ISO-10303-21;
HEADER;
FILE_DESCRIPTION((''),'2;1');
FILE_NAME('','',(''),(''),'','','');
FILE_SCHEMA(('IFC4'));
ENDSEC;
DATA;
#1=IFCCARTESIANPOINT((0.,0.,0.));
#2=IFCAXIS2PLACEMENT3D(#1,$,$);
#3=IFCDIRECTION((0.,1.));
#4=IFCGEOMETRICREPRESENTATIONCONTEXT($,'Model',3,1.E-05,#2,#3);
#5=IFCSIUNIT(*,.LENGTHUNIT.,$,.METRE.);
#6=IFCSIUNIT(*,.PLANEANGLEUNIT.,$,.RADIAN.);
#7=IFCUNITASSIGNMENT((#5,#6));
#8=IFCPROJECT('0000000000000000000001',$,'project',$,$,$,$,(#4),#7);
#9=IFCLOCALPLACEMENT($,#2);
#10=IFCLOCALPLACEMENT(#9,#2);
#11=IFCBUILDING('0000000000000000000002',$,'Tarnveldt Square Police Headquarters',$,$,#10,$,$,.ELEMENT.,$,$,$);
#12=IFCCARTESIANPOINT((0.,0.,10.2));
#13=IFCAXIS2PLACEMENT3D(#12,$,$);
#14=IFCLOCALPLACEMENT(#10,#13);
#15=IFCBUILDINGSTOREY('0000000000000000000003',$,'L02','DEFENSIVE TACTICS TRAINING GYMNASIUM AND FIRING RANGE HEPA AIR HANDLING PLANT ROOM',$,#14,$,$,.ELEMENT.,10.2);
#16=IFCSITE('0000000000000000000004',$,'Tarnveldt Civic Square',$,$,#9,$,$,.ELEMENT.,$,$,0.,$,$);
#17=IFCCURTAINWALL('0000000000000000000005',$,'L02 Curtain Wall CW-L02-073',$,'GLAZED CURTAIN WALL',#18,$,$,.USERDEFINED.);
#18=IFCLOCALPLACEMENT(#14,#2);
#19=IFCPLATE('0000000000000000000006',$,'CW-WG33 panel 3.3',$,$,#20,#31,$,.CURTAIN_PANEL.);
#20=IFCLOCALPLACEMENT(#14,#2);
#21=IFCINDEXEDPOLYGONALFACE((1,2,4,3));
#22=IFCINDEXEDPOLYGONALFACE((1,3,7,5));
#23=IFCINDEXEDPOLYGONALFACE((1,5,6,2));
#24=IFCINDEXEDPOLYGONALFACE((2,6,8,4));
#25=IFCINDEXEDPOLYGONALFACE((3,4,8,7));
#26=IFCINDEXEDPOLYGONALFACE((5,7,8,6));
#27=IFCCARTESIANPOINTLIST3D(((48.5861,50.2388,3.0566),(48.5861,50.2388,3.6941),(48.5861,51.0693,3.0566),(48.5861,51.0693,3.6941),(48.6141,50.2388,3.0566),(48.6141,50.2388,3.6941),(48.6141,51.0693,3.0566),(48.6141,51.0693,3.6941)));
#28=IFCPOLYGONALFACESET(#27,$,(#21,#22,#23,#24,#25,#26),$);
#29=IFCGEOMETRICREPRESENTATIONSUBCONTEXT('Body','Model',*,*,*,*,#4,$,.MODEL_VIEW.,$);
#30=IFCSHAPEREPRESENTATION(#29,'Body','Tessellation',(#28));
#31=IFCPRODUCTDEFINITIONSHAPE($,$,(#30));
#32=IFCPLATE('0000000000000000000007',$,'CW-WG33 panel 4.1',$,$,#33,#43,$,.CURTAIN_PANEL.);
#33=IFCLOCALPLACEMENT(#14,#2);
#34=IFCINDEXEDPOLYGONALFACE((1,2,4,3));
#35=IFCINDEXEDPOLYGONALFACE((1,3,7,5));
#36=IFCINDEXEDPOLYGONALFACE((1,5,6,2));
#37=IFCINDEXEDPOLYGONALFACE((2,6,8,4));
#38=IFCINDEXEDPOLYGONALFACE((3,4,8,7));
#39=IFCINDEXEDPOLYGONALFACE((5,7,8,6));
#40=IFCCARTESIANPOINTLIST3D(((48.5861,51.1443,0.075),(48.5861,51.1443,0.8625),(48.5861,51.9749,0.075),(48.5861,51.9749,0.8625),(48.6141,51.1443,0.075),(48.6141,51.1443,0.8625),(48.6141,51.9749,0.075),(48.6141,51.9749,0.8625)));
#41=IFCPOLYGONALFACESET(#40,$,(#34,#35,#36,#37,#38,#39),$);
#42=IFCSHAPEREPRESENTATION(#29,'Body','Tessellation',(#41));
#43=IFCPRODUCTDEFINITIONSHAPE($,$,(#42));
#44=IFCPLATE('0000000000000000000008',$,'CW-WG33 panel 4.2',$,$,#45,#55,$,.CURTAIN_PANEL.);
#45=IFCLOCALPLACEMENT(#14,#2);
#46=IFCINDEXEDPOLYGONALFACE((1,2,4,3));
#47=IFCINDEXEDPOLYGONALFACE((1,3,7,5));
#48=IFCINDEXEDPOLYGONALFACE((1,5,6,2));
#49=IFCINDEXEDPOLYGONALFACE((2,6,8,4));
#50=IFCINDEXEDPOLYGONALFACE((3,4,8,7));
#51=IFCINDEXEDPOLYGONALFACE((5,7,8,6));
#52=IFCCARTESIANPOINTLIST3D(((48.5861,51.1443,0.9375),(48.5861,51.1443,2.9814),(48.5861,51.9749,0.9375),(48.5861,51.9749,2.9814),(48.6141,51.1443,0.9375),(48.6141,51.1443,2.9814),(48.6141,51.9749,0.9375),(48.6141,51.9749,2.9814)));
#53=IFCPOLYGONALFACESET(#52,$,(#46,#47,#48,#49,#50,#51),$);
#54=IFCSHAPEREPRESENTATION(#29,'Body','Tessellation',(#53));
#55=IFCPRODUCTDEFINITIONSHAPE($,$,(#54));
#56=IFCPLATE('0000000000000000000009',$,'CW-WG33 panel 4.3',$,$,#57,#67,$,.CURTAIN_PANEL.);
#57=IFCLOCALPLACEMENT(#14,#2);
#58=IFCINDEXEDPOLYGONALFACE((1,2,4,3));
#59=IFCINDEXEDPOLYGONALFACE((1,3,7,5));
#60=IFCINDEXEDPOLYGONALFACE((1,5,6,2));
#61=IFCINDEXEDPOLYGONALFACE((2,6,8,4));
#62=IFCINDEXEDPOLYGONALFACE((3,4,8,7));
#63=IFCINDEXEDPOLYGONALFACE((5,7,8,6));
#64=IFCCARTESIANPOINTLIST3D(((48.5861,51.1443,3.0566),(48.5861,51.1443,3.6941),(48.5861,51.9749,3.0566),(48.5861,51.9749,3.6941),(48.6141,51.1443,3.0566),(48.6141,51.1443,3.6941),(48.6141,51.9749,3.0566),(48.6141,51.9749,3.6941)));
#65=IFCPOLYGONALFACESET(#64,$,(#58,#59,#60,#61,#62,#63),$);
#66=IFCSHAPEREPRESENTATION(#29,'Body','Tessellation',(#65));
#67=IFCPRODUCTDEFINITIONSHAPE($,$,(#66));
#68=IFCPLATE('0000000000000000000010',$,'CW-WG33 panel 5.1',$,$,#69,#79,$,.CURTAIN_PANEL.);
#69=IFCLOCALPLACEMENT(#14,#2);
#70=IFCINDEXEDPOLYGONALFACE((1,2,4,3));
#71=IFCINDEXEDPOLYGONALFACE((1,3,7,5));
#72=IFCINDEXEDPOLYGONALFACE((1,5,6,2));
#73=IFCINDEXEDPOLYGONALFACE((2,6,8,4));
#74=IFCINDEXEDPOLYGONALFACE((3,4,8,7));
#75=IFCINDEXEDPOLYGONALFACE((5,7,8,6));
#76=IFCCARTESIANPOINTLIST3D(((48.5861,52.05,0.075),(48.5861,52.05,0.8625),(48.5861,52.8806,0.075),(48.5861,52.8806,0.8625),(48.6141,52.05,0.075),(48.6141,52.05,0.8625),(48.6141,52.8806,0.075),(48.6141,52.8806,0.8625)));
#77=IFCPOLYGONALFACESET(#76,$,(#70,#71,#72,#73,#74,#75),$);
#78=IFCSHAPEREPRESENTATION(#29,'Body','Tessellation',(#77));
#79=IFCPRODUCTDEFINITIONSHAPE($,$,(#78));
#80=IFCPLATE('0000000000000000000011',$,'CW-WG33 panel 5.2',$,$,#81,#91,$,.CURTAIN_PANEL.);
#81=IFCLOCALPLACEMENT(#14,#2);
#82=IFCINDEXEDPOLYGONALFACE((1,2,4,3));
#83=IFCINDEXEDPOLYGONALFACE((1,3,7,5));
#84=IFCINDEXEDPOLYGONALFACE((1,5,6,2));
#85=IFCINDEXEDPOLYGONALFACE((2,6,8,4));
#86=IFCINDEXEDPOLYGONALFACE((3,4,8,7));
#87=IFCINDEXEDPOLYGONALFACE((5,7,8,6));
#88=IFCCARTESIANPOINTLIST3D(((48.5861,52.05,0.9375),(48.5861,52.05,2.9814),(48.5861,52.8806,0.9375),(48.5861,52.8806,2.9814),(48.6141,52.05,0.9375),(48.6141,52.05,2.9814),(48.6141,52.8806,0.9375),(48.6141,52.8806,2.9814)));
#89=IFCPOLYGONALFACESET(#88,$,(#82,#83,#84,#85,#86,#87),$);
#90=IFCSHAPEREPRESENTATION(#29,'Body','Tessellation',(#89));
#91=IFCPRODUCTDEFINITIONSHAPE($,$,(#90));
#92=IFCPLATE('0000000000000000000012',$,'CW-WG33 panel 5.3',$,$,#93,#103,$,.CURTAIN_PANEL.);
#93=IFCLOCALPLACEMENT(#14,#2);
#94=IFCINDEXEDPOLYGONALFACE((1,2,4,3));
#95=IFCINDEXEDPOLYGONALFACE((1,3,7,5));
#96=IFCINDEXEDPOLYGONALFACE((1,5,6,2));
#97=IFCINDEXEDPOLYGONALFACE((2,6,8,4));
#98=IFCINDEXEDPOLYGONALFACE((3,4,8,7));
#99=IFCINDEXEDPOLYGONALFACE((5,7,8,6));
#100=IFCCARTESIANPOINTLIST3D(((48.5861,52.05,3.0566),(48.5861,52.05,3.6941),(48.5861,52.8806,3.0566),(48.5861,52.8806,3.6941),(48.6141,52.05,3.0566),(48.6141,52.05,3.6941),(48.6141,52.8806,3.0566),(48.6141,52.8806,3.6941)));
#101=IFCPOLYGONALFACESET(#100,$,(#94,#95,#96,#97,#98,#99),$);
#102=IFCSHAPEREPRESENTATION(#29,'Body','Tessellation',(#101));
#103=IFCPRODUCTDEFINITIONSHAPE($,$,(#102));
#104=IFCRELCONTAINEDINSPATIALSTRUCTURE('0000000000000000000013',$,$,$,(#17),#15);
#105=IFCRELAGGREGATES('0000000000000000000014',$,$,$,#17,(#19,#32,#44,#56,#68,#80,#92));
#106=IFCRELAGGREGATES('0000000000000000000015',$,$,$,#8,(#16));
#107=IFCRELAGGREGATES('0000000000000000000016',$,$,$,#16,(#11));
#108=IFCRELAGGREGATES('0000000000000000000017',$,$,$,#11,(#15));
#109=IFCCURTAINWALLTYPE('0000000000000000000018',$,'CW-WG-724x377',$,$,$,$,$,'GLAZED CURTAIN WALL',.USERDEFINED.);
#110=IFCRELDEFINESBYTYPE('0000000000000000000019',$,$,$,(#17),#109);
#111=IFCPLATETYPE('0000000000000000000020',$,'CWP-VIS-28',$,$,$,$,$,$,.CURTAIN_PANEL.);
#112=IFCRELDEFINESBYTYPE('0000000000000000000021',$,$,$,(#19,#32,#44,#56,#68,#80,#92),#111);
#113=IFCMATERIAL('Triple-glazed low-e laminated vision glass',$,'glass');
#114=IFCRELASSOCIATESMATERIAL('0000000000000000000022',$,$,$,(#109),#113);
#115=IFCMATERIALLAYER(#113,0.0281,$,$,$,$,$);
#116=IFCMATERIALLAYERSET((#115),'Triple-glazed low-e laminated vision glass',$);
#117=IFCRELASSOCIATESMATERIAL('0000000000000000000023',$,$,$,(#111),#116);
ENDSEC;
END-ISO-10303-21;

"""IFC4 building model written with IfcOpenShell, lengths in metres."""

from ifc_helpers import new_model, si_unit, direction, frame, origin, origin_2d, place, context, subcontext, project, spatial, rectangle, extrude, material, layer, layer_set, type_object, element, aggregate, save


model = new_model("IFC4")

# Units and contexts
model_context = context("Model", 3, precision=1e-05, world=origin(), true_north=direction((0.0, 1.0)))
body_context = subcontext(model_context, "Body", "Model", "MODEL_VIEW")
ifc_project = project(units=[si_unit("LENGTHUNIT", "METRE"), si_unit("PLANEANGLEUNIT", "RADIAN")], contexts=[model_context])

# Site, building, storey
site_placement = place(None, origin())
site = spatial("IfcSite", under=ifc_project, at=site_placement, Name="Tarnveldt Civic Square", CompositionType="ELEMENT", RefElevation=0.0)
building_placement = place(site_placement, origin())
building = spatial("IfcBuilding", under=site, at=building_placement, Name="Tarnveldt Square Police Headquarters", CompositionType="ELEMENT")
storey_placement = place(building_placement, frame((0.0, 0.0, 10.2)))
storey = spatial("IfcBuildingStorey", under=building, at=storey_placement, Name="L02", Description="DEFENSIVE TACTICS TRAINING GYMNASIUM AND FIRING RANGE HEPA AIR HANDLING PLANT ROOM", CompositionType="ELEMENT", Elevation=10.2)

# Curtain wall, plates
ifc_material_1 = material(Name="Triple-glazed low-e laminated vision glass", Category="glass")
curtain_wall_type = type_object("IfcCurtainWallType", Name="CW-WG-724x377", ElementType="GLAZED CURTAIN WALL", PredefinedType="USERDEFINED", material=ifc_material_1)
curtain_wall_placement = place(storey_placement, origin())
curtain_wall = element("IfcCurtainWall", 1, at=curtain_wall_placement, inside=storey, type_object=curtain_wall_type, Name="L02 Curtain Wall CW-L02-073", ObjectType="GLAZED CURTAIN WALL", PredefinedType="USERDEFINED")
ifc_layer = layer(ifc_material_1, 0.0281)
ifc_layer_set = layer_set([ifc_layer], Name="Triple-glazed low-e laminated vision glass")
plate_type = type_object("IfcPlateType", Name="CWP-VIS-28", PredefinedType="CURTAIN_PANEL", material=ifc_layer_set)
plate_1_placement = place(storey_placement, frame((48.6001, 50.6541, 3.0566), z_axis=(0.0, 0.0, 1.0), x_axis=(0.0, 1.0, 0.0)))
plate_1 = element("IfcPlate", 2, at=plate_1_placement, type_object=plate_type, Name="CW-WG33 panel 3.3", PredefinedType="CURTAIN_PANEL", context=body_context, shape_type="SweptSolid", body=[
    extrude(rectangle(XDim=0.8306, YDim=0.0281, at=origin_2d()), origin(), (0.0, 0.0, 1.0), 0.6375),
])
plate_2_placement = place(storey_placement, frame((48.6001, 51.5596, 0.075), z_axis=(0.0, 0.0, 1.0), x_axis=(0.0, 1.0, 0.0)))
plate_2 = element("IfcPlate", 3, at=plate_2_placement, type_object=plate_type, Name="CW-WG33 panel 4.1", PredefinedType="CURTAIN_PANEL", context=body_context, shape_type="SweptSolid", body=[
    extrude(rectangle(XDim=0.8306, YDim=0.0281, at=origin_2d()), origin(), (0.0, 0.0, 1.0), 0.7876),
])
plate_3_placement = place(storey_placement, frame((48.6001, 51.5596, 0.9375), z_axis=(0.0, 0.0, 1.0), x_axis=(0.0, 1.0, 0.0)))
plate_3 = element("IfcPlate", 4, at=plate_3_placement, type_object=plate_type, Name="CW-WG33 panel 4.2", PredefinedType="CURTAIN_PANEL", context=body_context, shape_type="SweptSolid", body=[
    extrude(rectangle(XDim=0.8306, YDim=0.0281, at=origin_2d()), origin(), (0.0, 0.0, 1.0), 2.0439),
])
plate_4_placement = place(storey_placement, frame((48.6001, 51.5596, 3.0566), z_axis=(0.0, 0.0, 1.0), x_axis=(0.0, 1.0, 0.0)))
plate_4 = element("IfcPlate", 5, at=plate_4_placement, type_object=plate_type, Name="CW-WG33 panel 4.3", PredefinedType="CURTAIN_PANEL", context=body_context, shape_type="SweptSolid", body=[
    extrude(rectangle(XDim=0.8306, YDim=0.0281, at=origin_2d()), origin(), (0.0, 0.0, 1.0), 0.6375),
])
plate_5_placement = place(storey_placement, frame((48.6001, 52.4653, 0.075), z_axis=(0.0, 0.0, 1.0), x_axis=(0.0, 1.0, 0.0)))
plate_5 = element("IfcPlate", 6, at=plate_5_placement, type_object=plate_type, Name="CW-WG33 panel 5.1", PredefinedType="CURTAIN_PANEL", context=body_context, shape_type="SweptSolid", body=[
    extrude(rectangle(XDim=0.8306, YDim=0.0281, at=origin_2d()), origin(), (0.0, 0.0, 1.0), 0.7876),
])
plate_6_placement = place(storey_placement, frame((48.6001, 52.4653, 0.9375), z_axis=(0.0, 0.0, 1.0), x_axis=(0.0, 1.0, 0.0)))
plate_6 = element("IfcPlate", 7, at=plate_6_placement, type_object=plate_type, Name="CW-WG33 panel 5.2", PredefinedType="CURTAIN_PANEL", context=body_context, shape_type="SweptSolid", body=[
    extrude(rectangle(XDim=0.8306, YDim=0.0281, at=origin_2d()), origin(), (0.0, 0.0, 1.0), 2.0439),
])
plate_7_placement = place(storey_placement, frame((48.6001, 52.4653, 3.0566), z_axis=(0.0, 0.0, 1.0), x_axis=(0.0, 1.0, 0.0)))
plate_7 = element("IfcPlate", 8, at=plate_7_placement, type_object=plate_type, Name="CW-WG33 panel 5.3", PredefinedType="CURTAIN_PANEL", context=body_context, shape_type="SweptSolid", body=[
    extrude(rectangle(XDim=0.8306, YDim=0.0281, at=origin_2d()), origin(), (0.0, 0.0, 1.0), 0.6375),
])
aggregate(curtain_wall, [plate_1, plate_2, plate_3, plate_4, plate_5, plate_6, plate_7])

save(model, "model.ifc")
